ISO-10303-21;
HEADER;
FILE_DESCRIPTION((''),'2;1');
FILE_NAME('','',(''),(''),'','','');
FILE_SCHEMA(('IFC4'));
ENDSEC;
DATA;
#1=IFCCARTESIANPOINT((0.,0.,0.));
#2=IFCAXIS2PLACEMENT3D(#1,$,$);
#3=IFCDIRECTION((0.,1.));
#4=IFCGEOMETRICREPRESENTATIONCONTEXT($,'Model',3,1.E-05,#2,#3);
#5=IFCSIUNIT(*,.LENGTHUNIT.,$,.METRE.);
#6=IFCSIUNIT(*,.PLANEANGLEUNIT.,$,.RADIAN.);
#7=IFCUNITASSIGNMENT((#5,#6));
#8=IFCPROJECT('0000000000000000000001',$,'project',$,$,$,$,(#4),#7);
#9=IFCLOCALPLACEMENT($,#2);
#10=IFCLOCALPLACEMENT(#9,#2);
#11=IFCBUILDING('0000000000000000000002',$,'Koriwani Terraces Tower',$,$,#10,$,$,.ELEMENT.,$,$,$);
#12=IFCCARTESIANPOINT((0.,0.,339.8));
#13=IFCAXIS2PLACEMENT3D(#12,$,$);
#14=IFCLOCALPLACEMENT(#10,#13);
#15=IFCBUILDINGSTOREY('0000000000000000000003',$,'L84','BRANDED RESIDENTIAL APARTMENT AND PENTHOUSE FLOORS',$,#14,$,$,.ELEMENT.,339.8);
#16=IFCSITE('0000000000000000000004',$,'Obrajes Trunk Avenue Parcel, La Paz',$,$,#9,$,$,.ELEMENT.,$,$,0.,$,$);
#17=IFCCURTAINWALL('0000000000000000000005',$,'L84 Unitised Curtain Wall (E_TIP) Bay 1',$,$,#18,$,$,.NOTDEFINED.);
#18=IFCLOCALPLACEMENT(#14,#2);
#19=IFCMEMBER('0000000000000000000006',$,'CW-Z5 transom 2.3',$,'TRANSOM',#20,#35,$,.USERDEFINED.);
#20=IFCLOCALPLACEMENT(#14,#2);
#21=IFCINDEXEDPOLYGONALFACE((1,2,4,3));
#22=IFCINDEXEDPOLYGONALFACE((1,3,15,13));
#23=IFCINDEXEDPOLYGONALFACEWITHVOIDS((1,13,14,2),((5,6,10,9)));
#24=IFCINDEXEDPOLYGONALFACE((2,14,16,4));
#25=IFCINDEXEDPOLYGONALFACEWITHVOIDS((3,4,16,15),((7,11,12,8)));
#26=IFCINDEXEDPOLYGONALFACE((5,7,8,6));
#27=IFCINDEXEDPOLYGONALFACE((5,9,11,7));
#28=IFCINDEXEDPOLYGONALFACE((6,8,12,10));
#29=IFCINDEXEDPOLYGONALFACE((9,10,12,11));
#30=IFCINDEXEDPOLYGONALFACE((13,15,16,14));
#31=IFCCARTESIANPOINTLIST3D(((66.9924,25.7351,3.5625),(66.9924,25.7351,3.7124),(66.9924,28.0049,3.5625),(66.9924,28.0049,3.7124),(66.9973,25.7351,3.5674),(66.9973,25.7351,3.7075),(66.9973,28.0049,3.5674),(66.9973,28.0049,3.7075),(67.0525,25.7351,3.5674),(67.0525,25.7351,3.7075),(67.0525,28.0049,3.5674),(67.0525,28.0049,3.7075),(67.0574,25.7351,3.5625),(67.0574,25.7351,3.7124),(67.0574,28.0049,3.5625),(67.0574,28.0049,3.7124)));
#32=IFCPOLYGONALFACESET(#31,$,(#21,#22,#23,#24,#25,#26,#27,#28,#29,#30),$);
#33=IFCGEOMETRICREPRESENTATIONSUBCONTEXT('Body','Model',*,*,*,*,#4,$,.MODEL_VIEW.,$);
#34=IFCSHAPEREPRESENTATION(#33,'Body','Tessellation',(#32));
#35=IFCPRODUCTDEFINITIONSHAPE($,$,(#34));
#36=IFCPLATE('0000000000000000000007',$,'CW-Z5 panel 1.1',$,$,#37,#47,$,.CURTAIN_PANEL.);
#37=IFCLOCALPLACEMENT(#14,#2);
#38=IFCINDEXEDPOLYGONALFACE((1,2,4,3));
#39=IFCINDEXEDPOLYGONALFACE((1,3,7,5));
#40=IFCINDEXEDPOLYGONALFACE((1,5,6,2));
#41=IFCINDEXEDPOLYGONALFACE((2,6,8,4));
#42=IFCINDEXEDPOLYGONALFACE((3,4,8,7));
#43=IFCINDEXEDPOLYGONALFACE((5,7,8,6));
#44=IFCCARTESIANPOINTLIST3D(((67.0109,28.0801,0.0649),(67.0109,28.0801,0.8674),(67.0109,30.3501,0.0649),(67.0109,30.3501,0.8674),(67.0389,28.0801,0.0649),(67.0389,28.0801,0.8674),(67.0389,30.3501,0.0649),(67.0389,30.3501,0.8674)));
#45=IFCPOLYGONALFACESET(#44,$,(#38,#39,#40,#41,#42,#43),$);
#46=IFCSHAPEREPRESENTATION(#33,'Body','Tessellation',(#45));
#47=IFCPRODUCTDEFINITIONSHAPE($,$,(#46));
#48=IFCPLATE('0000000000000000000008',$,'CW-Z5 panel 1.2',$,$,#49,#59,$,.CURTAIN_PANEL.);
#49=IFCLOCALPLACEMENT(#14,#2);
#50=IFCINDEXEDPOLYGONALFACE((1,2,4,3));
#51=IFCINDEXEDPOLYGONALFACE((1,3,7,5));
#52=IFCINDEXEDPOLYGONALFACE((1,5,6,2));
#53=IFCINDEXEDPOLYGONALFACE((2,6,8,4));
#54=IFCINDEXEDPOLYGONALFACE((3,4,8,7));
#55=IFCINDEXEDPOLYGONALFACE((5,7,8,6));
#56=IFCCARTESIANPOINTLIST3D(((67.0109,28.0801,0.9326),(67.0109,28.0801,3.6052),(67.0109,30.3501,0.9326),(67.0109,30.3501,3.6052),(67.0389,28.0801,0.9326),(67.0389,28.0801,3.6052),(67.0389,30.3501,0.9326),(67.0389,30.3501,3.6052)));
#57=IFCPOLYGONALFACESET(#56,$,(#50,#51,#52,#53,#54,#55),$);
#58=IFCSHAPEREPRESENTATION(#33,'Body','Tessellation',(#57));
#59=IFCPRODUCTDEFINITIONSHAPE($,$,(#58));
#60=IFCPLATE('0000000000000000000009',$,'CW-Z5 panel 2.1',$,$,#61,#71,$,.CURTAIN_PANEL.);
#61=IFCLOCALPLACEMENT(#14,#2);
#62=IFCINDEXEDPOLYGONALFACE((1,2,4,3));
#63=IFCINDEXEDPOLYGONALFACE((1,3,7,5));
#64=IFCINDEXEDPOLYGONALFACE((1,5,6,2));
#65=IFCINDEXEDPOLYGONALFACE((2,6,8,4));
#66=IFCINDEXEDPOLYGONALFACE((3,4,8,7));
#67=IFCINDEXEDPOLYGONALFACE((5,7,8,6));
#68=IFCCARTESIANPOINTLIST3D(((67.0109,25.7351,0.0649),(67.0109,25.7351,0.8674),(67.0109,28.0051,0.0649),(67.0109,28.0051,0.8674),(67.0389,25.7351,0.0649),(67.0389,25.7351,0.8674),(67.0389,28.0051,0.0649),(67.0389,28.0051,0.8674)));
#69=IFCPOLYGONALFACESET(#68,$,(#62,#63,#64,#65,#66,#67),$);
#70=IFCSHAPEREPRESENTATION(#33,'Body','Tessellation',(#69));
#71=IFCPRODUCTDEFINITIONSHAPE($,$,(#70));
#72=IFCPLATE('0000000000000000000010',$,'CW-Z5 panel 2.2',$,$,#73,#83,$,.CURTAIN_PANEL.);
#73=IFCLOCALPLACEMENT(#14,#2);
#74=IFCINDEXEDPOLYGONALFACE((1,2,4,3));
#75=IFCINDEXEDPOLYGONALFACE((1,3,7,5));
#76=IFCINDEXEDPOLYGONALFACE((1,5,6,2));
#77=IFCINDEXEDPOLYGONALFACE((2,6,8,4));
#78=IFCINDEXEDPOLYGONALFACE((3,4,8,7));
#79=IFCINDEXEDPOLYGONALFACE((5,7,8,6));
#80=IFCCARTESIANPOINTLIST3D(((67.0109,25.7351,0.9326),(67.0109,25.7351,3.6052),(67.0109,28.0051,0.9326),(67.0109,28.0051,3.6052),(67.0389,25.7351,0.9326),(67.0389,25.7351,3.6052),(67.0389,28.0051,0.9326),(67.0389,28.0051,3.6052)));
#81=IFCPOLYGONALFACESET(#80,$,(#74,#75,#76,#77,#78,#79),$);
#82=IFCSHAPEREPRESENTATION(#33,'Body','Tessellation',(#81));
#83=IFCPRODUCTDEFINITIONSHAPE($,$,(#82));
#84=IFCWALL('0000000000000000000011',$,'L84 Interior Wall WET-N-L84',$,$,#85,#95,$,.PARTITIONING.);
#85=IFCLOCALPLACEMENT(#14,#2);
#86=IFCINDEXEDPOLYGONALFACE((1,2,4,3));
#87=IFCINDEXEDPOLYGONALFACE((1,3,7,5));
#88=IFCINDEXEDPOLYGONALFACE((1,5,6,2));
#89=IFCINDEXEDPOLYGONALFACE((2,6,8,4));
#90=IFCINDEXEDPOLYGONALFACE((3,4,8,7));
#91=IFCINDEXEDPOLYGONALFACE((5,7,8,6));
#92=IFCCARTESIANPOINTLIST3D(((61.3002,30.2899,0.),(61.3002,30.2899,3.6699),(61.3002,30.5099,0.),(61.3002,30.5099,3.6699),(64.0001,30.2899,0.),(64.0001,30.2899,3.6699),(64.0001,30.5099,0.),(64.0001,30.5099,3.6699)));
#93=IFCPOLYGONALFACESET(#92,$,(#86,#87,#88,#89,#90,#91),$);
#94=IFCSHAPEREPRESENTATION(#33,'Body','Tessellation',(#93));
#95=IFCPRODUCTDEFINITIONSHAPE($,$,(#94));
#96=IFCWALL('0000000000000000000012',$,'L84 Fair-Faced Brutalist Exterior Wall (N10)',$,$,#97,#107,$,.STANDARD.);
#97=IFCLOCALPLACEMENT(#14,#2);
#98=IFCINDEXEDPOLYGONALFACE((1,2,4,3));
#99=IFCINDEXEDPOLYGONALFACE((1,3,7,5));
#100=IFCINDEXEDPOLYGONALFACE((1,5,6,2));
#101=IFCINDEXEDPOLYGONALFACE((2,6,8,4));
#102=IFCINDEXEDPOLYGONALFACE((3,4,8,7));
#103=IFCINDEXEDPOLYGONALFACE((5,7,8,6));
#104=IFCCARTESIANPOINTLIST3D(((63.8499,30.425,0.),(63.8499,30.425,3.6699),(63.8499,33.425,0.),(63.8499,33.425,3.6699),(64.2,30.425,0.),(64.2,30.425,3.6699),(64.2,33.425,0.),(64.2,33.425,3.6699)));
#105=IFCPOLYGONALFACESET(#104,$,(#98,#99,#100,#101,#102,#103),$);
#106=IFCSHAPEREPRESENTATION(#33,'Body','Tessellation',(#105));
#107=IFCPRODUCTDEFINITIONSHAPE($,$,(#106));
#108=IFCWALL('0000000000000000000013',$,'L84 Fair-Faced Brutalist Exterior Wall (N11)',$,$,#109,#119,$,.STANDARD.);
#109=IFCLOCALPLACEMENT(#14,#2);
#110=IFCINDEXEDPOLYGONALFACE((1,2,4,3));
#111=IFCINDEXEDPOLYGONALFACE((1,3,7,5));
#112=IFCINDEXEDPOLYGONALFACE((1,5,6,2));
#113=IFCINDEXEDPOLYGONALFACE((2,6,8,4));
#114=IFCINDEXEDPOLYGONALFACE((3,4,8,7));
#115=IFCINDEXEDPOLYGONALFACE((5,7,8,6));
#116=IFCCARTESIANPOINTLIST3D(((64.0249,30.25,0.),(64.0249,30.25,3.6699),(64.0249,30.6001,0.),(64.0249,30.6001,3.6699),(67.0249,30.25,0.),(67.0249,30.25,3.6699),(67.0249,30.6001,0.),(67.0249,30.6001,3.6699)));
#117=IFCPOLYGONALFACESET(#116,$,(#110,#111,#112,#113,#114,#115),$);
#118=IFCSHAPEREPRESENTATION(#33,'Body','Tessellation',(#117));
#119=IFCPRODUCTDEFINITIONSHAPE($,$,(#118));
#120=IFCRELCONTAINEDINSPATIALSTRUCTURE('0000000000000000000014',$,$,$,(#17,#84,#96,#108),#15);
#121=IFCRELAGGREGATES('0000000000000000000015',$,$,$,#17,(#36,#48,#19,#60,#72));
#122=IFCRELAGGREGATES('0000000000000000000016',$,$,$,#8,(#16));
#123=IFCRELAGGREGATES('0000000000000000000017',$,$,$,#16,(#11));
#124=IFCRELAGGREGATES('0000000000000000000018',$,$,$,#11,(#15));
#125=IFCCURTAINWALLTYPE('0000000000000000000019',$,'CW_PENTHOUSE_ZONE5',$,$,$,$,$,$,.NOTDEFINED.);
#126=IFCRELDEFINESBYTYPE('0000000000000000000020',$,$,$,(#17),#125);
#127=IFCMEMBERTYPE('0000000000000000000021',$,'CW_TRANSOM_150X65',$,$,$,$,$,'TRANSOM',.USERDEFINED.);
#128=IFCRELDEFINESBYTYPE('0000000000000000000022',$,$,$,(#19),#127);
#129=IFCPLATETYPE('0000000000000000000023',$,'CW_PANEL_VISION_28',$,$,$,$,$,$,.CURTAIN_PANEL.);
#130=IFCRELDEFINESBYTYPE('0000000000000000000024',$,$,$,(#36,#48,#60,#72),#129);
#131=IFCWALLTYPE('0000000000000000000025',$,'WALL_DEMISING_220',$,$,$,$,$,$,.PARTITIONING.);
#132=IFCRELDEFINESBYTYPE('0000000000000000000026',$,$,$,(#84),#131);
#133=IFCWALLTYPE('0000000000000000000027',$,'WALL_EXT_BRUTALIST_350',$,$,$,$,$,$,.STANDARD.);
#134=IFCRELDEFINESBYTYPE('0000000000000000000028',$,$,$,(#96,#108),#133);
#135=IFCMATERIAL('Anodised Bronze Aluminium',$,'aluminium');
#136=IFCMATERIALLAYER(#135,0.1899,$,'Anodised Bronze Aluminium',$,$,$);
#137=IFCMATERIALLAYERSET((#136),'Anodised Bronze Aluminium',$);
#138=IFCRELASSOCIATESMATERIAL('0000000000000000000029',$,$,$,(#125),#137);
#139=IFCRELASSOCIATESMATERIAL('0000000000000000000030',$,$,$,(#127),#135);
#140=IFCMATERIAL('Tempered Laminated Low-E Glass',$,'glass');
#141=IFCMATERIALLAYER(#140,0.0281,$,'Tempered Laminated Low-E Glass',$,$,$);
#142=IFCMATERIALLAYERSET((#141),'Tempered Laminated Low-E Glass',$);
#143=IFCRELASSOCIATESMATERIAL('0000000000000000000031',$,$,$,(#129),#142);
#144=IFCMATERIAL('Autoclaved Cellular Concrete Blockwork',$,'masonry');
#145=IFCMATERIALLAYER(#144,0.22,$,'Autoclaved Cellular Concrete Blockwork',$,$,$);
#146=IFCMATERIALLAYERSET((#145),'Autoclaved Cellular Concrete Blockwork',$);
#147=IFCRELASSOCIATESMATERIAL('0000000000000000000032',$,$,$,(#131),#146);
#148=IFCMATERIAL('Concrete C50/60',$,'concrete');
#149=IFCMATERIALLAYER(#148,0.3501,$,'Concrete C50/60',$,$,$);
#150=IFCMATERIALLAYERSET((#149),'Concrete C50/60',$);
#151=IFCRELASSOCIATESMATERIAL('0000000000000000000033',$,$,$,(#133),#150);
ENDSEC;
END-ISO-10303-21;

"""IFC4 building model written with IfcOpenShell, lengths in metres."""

from ifc_helpers import new_model, si_unit, direction, frame, frame_2d, origin, origin_2d, place, context, subcontext, project, spatial, rectangle, hollow_rectangle, extrude, material, layer, layer_set, material_profile, profile_set, type_object, element, aggregate, save


model = new_model("IFC4")

# Units and contexts
model_context = context("Model", 3, precision=1e-05, world=origin(), true_north=direction((0.0, 1.0)))
body_context = subcontext(model_context, "Body", "Model", "MODEL_VIEW")
ifc_project = project(units=[si_unit("LENGTHUNIT", "METRE"), si_unit("PLANEANGLEUNIT", "RADIAN")], contexts=[model_context])

# Site, building, storey
site_placement = place(None, origin())
site = spatial("IfcSite", under=ifc_project, at=site_placement, Name="Obrajes Trunk Avenue Parcel, La Paz", CompositionType="ELEMENT", RefElevation=0.0)
building_placement = place(site_placement, origin())
building = spatial("IfcBuilding", under=site, at=building_placement, Name="Koriwani Terraces Tower", CompositionType="ELEMENT")
storey_placement = place(building_placement, frame((0.0, 0.0, 339.8)))
storey = spatial("IfcBuildingStorey", under=building, at=storey_placement, Name="L84", Description="BRANDED RESIDENTIAL APARTMENT AND PENTHOUSE FLOORS", CompositionType="ELEMENT", Elevation=339.8)

# Shared definitions
ifc_material_1 = material(Name="Concrete C50/60", Category="concrete")

# Curtain wall, member, plates
ifc_material_2 = material(Name="Anodised Bronze Aluminium", Category="aluminium")
ifc_layer_1 = layer(ifc_material_2, 0.1899, Name="Anodised Bronze Aluminium")
ifc_layer_set_1 = layer_set([ifc_layer_1], Name="Anodised Bronze Aluminium")
curtain_wall_type = type_object("IfcCurtainWallType", Name="CW_PENTHOUSE_ZONE5", PredefinedType="NOTDEFINED", material=ifc_layer_set_1)
curtain_wall_placement = place(storey_placement, origin())
curtain_wall = element("IfcCurtainWall", 1, at=curtain_wall_placement, inside=storey, type_object=curtain_wall_type, Name="L84 Unitised Curtain Wall (E_TIP) Bay 1", PredefinedType="NOTDEFINED")
ifc_material_profile_1 = material_profile(ifc_material_2, hollow_rectangle(XDim=0.0649, YDim=0.1499, WallThickness=0.0049, at=origin_2d()), Name="Anodised Bronze Aluminium", Category="LoadBearing")
ifc_profile_set_1 = profile_set([ifc_material_profile_1], Name="Anodised Bronze Aluminium")
member_type_1 = type_object("IfcMemberType", Name="CW_TRANSOM_150X65", ElementType="TRANSOM", PredefinedType="USERDEFINED", material=ifc_profile_set_1)
member_1_placement = place(storey_placement, frame((67.0249, 28.0049, 3.6375), z_axis=(0.0, -1.0, 0.0), x_axis=(1.0, 0.0, 0.0)))
member_1 = element("IfcMember", 2, at=member_1_placement, type_object=member_type_1, Name="CW-Z5 transom 2.3", ObjectType="TRANSOM", PredefinedType="USERDEFINED", context=body_context, shape_type="SweptSolid", body=[
    extrude(hollow_rectangle(XDim=0.0649, YDim=0.1499, WallThickness=0.0049, at=origin_2d()), origin(), (0.0, 0.0, 1.0), 2.2698),
])
ifc_material_3 = material(Name="Tempered Laminated Low-E Glass", Category="glass")
ifc_layer_2 = layer(ifc_material_3, 0.0281, Name="Tempered Laminated Low-E Glass")
ifc_layer_set_2 = layer_set([ifc_layer_2], Name="Tempered Laminated Low-E Glass")
plate_type = type_object("IfcPlateType", Name="CW_PANEL_VISION_28", PredefinedType="CURTAIN_PANEL", material=ifc_layer_set_2)
plate_1_placement = place(storey_placement, frame((67.0249, 29.2151, 0.0649), z_axis=(0.0, 0.0, 1.0), x_axis=(0.0, -1.0, 0.0)))
plate_1 = element("IfcPlate", 3, at=plate_1_placement, type_object=plate_type, Name="CW-Z5 panel 1.1", PredefinedType="CURTAIN_PANEL", context=body_context, shape_type="SweptSolid", body=[
    extrude(rectangle(XDim=2.27, YDim=0.0281, at=origin_2d()), origin(), (0.0, 0.0, 1.0), 0.8025),
])
plate_2_placement = place(storey_placement, frame((67.0249, 29.2151, 0.9326), z_axis=(0.0, 0.0, 1.0), x_axis=(0.0, -1.0, 0.0)))
plate_2 = element("IfcPlate", 4, at=plate_2_placement, type_object=plate_type, Name="CW-Z5 panel 1.2", PredefinedType="CURTAIN_PANEL", context=body_context, shape_type="SweptSolid", body=[
    extrude(rectangle(XDim=2.27, YDim=0.0281, at=origin_2d()), origin(), (0.0, 0.0, 1.0), 2.6726),
])
plate_3_placement = place(storey_placement, frame((67.0249, 26.8701, 0.0649), z_axis=(0.0, 0.0, 1.0), x_axis=(0.0, -1.0, 0.0)))
plate_3 = element("IfcPlate", 5, at=plate_3_placement, type_object=plate_type, Name="CW-Z5 panel 2.1", PredefinedType="CURTAIN_PANEL", context=body_context, shape_type="SweptSolid", body=[
    extrude(rectangle(XDim=2.27, YDim=0.0281, at=origin_2d()), origin(), (0.0, 0.0, 1.0), 0.8025),
])
plate_4_placement = place(storey_placement, frame((67.0249, 26.8701, 0.9326), z_axis=(0.0, 0.0, 1.0), x_axis=(0.0, -1.0, 0.0)))
plate_4 = element("IfcPlate", 6, at=plate_4_placement, type_object=plate_type, Name="CW-Z5 panel 2.2", PredefinedType="CURTAIN_PANEL", context=body_context, shape_type="SweptSolid", body=[
    extrude(rectangle(XDim=2.27, YDim=0.0281, at=origin_2d()), origin(), (0.0, 0.0, 1.0), 2.6726),
])
aggregate(curtain_wall, [plate_1, plate_2, member_1, plate_3, plate_4])

# Walls
ifc_material_4 = material(Name="Autoclaved Cellular Concrete Blockwork", Category="masonry")
ifc_layer_3 = layer(ifc_material_4, 0.22, Name="Autoclaved Cellular Concrete Blockwork")
ifc_layer_set_3 = layer_set([ifc_layer_3], Name="Autoclaved Cellular Concrete Blockwork")
wall_type_1 = type_object("IfcWallType", Name="WALL_DEMISING_220", PredefinedType="PARTITIONING", material=ifc_layer_set_3)
wall_placement = place(storey_placement, frame((61.3, 30.3999, 0.0), z_axis=(0.0, 0.0, 1.0), x_axis=(1.0, 0.0, 0.0)))
element("IfcWall", 7, at=wall_placement, inside=storey, type_object=wall_type_1, Name="L84 Interior Wall WET-N-L84", PredefinedType="PARTITIONING", context=body_context, shape_type="SweptSolid", body=[
    extrude(rectangle(XDim=2.7, YDim=0.22, at=frame_2d((1.3501, 0.0))), origin(), (0.0, 0.0, 1.0), 3.6699),
])
ifc_layer_4 = layer(ifc_material_1, 0.3501, Name="Concrete C50/60")
ifc_layer_set_4 = layer_set([ifc_layer_4], Name="Concrete C50/60")
wall_type_2 = type_object("IfcWallType", Name="WALL_EXT_BRUTALIST_350", PredefinedType="STANDARD", material=ifc_layer_set_4)
for number, where, z_axis, x_axis, name in (
    (8, (64.0249, 33.425, 0.0), (0.0, 0.0, 1.0), (0.0, -1.0, 0.0), "L84 Fair-Faced Brutalist Exterior Wall (N10)"),
    (9, (64.0249, 30.425, 0.0), (0.0, 0.0, 1.0), (1.0, 0.0, 0.0), "L84 Fair-Faced Brutalist Exterior Wall (N11)"),
):
    element("IfcWall", number, at=place(storey_placement, frame(where, z_axis=z_axis, x_axis=x_axis)), inside=storey, type_object=wall_type_2, Name=name, PredefinedType="STANDARD", context=body_context, shape_type="SweptSolid", body=[
        extrude(rectangle(XDim=3.0, YDim=0.3501, at=frame_2d((1.5, 0.0))), origin(), (0.0, 0.0, 1.0), 3.6699),
    ])

save(model, "model.ifc")
